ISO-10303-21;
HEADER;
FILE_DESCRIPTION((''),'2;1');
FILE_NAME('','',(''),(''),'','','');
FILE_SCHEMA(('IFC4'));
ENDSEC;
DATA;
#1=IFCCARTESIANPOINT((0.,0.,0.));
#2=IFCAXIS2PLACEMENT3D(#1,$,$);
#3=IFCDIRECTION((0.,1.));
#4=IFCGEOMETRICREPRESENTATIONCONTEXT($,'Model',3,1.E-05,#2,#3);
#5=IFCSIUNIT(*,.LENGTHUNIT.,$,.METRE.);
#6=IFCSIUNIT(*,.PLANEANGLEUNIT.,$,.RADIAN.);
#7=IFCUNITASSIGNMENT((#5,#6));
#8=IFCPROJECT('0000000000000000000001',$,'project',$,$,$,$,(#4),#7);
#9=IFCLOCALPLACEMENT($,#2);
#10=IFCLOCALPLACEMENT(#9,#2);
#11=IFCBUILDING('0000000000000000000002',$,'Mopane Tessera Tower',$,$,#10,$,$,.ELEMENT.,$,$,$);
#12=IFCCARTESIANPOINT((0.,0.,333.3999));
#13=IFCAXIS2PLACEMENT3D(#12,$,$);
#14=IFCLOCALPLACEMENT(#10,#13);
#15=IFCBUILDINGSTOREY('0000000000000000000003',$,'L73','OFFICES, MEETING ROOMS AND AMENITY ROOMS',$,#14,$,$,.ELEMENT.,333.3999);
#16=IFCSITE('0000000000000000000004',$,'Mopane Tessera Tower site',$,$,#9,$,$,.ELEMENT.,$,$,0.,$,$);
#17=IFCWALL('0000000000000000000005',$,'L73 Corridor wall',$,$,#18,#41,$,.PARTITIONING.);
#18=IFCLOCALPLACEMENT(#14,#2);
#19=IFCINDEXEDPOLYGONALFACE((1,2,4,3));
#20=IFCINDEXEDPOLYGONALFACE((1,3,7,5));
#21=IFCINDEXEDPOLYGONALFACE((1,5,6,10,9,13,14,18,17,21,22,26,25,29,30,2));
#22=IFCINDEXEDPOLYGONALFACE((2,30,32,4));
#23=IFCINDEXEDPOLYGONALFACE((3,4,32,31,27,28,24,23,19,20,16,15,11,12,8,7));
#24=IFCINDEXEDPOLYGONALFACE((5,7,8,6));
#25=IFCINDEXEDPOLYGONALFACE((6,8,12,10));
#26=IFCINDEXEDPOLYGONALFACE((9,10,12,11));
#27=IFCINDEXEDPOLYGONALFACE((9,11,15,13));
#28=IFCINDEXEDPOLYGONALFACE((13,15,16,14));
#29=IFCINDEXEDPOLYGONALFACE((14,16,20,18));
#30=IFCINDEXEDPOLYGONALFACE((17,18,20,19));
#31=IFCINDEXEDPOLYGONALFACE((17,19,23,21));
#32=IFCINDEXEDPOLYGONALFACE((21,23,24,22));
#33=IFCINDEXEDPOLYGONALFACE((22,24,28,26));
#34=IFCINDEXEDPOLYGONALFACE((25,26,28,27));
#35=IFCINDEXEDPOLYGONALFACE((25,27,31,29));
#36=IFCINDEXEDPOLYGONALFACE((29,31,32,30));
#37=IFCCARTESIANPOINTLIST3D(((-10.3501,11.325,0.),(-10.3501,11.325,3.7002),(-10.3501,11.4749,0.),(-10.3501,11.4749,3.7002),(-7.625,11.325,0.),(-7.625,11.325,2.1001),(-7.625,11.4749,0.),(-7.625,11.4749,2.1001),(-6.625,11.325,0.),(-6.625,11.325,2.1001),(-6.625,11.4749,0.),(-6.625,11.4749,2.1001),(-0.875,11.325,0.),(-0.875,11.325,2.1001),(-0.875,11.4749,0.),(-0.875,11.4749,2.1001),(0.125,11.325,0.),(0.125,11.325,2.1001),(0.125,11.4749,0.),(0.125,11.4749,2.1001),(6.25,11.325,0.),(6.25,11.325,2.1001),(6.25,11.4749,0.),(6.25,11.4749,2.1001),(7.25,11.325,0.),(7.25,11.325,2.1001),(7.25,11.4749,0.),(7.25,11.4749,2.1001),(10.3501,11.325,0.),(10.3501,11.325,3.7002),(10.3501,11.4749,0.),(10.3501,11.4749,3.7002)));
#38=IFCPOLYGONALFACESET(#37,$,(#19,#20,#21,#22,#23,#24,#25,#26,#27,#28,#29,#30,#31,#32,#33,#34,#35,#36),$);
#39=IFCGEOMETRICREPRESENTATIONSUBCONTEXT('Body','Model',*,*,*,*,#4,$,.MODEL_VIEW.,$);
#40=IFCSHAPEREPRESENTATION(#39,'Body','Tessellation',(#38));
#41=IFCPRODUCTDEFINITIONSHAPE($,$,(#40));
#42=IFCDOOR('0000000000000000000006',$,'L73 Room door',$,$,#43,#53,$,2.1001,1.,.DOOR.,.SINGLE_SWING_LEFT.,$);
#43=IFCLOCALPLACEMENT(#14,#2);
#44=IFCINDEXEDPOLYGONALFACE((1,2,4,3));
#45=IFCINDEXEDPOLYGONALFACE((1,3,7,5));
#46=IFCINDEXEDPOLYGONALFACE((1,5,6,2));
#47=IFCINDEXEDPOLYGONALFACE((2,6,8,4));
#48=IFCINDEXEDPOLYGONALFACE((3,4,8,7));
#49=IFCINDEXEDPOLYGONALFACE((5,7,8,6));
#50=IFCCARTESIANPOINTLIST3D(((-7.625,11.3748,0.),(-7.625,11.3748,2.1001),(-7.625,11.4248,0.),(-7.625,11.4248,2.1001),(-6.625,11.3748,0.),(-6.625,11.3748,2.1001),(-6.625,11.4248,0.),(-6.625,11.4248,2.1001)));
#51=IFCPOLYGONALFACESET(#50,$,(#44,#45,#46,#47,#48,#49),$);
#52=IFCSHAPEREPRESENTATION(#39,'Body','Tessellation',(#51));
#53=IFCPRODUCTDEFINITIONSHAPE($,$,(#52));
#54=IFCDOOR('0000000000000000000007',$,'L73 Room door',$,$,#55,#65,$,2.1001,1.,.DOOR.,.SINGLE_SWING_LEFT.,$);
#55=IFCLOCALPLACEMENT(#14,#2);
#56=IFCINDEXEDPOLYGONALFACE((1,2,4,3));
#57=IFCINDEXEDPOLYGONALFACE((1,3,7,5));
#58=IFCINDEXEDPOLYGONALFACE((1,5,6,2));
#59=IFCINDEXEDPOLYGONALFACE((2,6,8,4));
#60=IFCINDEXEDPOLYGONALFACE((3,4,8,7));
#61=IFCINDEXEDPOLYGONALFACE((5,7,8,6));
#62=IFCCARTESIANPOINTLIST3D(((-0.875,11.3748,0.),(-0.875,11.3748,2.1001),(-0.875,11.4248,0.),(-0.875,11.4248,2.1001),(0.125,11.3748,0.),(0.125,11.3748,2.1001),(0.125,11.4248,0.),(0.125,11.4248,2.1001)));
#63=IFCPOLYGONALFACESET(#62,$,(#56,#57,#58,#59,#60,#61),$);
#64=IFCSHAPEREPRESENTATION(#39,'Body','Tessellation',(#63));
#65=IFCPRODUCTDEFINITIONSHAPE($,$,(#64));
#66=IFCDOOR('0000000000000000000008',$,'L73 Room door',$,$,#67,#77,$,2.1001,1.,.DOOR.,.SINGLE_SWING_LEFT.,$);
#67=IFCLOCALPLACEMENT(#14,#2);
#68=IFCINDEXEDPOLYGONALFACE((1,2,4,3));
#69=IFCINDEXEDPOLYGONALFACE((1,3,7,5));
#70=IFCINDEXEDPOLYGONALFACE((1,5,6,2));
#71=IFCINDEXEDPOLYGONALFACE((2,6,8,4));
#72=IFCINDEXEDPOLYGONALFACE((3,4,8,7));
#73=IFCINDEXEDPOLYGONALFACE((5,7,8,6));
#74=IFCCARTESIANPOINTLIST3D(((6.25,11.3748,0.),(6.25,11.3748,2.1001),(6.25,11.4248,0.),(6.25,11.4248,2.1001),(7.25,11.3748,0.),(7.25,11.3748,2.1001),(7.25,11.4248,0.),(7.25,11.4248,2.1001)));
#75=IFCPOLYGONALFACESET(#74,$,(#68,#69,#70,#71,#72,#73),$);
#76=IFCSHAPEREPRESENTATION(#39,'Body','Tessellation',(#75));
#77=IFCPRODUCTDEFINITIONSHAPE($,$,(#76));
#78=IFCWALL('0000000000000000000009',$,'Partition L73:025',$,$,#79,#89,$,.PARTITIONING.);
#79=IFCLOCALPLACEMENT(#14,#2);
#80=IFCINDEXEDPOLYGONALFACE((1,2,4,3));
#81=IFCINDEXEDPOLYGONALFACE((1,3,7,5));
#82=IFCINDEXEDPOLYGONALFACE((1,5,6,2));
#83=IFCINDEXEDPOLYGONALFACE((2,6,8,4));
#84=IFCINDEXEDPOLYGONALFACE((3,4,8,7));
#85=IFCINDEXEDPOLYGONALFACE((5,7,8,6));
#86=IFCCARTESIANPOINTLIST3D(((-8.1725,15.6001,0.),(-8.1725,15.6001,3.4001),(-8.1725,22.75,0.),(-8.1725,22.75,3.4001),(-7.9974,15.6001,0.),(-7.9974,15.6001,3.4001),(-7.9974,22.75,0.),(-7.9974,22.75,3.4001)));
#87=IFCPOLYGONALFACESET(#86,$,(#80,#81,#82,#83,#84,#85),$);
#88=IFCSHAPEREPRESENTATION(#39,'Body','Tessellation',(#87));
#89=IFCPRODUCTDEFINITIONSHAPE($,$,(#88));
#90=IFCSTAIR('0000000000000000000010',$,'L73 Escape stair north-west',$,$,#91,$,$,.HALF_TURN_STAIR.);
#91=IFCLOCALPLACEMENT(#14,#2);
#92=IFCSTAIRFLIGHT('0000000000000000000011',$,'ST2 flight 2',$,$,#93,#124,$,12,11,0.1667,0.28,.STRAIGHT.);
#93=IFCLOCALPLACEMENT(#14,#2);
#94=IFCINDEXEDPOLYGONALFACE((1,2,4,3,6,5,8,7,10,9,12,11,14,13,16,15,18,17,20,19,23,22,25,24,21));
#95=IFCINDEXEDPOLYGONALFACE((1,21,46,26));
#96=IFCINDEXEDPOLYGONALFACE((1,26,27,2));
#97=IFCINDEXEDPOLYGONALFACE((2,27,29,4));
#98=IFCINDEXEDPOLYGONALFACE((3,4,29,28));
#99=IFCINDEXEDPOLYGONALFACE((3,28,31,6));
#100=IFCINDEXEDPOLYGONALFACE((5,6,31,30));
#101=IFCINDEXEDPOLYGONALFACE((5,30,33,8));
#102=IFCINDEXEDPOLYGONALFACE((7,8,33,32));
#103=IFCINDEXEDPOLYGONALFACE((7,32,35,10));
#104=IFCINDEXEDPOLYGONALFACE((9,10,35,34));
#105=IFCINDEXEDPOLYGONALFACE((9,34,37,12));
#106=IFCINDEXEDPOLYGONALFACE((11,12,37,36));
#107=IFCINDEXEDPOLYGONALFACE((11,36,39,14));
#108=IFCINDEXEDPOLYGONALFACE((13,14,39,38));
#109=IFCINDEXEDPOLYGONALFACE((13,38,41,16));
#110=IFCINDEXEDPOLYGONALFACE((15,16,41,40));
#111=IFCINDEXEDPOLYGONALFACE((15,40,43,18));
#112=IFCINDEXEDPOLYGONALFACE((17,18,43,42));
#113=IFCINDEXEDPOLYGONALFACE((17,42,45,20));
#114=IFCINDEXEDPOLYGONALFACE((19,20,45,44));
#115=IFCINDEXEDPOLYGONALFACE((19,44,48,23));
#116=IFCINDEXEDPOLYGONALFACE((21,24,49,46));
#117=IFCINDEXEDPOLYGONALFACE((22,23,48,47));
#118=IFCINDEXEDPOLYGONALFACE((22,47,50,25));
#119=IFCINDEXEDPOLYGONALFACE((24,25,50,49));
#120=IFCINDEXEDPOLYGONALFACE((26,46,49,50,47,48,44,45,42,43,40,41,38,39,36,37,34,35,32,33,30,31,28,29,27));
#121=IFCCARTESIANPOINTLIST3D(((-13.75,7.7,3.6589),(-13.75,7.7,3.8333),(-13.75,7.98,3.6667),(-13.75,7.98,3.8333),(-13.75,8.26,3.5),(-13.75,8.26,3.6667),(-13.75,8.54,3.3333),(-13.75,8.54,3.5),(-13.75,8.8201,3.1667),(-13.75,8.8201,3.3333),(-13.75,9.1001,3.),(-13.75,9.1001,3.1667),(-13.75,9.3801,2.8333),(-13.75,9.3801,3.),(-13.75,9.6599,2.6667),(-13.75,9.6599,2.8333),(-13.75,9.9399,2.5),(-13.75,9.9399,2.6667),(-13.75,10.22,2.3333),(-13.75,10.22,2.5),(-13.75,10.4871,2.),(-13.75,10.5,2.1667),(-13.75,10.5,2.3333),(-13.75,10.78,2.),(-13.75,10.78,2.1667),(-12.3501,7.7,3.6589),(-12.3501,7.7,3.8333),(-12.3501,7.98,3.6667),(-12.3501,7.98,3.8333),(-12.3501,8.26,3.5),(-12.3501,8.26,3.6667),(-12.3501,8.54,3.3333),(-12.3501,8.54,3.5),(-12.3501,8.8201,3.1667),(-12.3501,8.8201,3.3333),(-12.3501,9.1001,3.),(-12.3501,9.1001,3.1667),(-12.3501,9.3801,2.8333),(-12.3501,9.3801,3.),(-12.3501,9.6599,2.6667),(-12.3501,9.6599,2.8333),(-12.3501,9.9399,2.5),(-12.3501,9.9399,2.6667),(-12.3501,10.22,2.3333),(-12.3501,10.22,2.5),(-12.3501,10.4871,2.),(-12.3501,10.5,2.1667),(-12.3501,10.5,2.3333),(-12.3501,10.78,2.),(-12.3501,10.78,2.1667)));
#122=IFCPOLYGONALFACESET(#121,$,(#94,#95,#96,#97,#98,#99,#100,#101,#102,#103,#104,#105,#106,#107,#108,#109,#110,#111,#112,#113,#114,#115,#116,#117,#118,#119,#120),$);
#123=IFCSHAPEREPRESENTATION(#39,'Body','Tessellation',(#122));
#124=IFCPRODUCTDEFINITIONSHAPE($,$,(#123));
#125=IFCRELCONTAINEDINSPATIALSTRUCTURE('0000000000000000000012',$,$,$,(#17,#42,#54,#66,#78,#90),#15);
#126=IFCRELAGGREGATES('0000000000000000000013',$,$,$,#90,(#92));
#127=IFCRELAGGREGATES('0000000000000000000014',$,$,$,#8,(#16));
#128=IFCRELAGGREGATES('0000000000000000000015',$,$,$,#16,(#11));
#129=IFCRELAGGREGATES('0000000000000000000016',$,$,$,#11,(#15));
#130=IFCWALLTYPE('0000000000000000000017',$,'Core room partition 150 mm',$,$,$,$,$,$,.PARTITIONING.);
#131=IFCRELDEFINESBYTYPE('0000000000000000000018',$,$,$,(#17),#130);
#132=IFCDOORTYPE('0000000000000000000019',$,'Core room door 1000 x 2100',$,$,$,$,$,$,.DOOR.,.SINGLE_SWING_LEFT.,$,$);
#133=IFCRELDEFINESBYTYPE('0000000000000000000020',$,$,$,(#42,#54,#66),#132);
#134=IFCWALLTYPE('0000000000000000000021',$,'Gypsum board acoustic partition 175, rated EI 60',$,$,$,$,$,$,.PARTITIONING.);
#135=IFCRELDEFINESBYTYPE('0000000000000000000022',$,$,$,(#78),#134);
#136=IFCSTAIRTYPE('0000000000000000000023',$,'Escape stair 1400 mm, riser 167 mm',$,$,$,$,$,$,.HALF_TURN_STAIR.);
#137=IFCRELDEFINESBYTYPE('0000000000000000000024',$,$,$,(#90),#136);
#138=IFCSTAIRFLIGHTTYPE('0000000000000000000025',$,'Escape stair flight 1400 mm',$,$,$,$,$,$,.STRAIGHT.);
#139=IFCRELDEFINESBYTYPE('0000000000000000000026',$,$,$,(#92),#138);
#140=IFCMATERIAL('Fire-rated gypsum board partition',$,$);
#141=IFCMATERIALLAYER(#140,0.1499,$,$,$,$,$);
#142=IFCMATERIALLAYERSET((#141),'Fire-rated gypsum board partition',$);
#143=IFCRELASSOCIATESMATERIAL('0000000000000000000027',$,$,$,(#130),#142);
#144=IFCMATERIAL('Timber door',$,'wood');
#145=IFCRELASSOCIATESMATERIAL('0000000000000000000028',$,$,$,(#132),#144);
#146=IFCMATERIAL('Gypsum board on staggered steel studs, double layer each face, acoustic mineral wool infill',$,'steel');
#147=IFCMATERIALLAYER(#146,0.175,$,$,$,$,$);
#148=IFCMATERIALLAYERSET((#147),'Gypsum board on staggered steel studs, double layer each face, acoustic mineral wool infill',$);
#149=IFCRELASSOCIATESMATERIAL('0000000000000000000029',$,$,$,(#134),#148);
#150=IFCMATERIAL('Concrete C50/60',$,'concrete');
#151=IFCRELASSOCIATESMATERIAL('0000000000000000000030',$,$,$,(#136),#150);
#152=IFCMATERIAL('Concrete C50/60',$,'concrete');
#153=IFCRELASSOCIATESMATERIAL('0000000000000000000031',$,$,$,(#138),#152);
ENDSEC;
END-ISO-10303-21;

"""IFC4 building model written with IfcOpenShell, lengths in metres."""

from ifc_helpers import new_model, si_unit, direction, frame, frame_2d, origin, place, context, subcontext, project, spatial, polyline, rectangle, outline, extrude, material, layer, layer_set, type_object, element, fill, aggregate, save


model = new_model("IFC4")

# Units and contexts
model_context = context("Model", 3, precision=1e-05, world=origin(), true_north=direction((0.0, 1.0)))
body_context = subcontext(model_context, "Body", "Model", "MODEL_VIEW")
ifc_project = project(units=[si_unit("LENGTHUNIT", "METRE"), si_unit("PLANEANGLEUNIT", "RADIAN")], contexts=[model_context])

# Site, building, storey
site_placement = place(None, origin())
site = spatial("IfcSite", under=ifc_project, at=site_placement, Name="Mopane Tessera Tower site", CompositionType="ELEMENT", RefElevation=0.0)
building_placement = place(site_placement, origin())
building = spatial("IfcBuilding", under=site, at=building_placement, Name="Mopane Tessera Tower", CompositionType="ELEMENT")
storey_placement = place(building_placement, frame((0.0, 0.0, 333.3999)))
storey = spatial("IfcBuildingStorey", under=building, at=storey_placement, Name="L73", Description="OFFICES, MEETING ROOMS AND AMENITY ROOMS", CompositionType="ELEMENT", Elevation=333.3999)

# Wall, openings, doors
ifc_material_1 = material(Name="Fire-rated gypsum board partition")
ifc_layer_1 = layer(ifc_material_1, 0.1499)
ifc_layer_set_1 = layer_set([ifc_layer_1], Name="Fire-rated gypsum board partition")
wall_type_1 = type_object("IfcWallType", Name="Core room partition 150 mm", PredefinedType="PARTITIONING", material=ifc_layer_set_1)
wall_1_placement = place(storey_placement, frame((-10.3501, 11.3999, 0.0), z_axis=(0.0, 0.0, 1.0), x_axis=(1.0, 0.0, 0.0)))
wall_1 = element("IfcWall", 1, at=wall_1_placement, inside=storey, type_object=wall_type_1, Name="L73 Corridor wall", PredefinedType="PARTITIONING", context=body_context, shape_type="SweptSolid", body=[
    extrude(rectangle(XDim=20.7002, YDim=0.1499, at=frame_2d((10.3501, 0.0))), origin(), (0.0, 0.0, 1.0), 3.7002),
])
opening_1_placement = place(wall_1_placement, frame((2.7251, 0.0, 0.0)))
opening_1 = element("IfcOpeningElement", 2, at=opening_1_placement, cuts=wall_1, PredefinedType="OPENING", context=body_context, shape_type="SweptSolid", body=[
    extrude(rectangle(XDim=1.0, YDim=2.1001, at=frame_2d((0.5, 1.05))), frame((0.0, 0.0869, 0.0), z_axis=(0.0, -1.0, 0.0), x_axis=(1.0, 0.0, 0.0)), (0.0, 0.0, 1.0), 0.1738),
])
opening_2_placement = place(wall_1_placement, frame((9.4751, 0.0, 0.0)))
opening_2 = element("IfcOpeningElement", 3, at=opening_2_placement, cuts=wall_1, PredefinedType="OPENING", context=body_context, shape_type="SweptSolid", body=[
    extrude(rectangle(XDim=1.0, YDim=2.1001, at=frame_2d((0.5, 1.05))), frame((0.0, 0.0869, 0.0), z_axis=(0.0, -1.0, 0.0), x_axis=(1.0, 0.0, 0.0)), (0.0, 0.0, 1.0), 0.1738),
])
opening_3_placement = place(wall_1_placement, frame((16.6001, 0.0, 0.0)))
opening_3 = element("IfcOpeningElement", 4, at=opening_3_placement, cuts=wall_1, PredefinedType="OPENING", context=body_context, shape_type="SweptSolid", body=[
    extrude(rectangle(XDim=1.0, YDim=2.1001, at=frame_2d((0.5, 1.05))), frame((0.0, 0.0869, 0.0), z_axis=(0.0, -1.0, 0.0), x_axis=(1.0, 0.0, 0.0)), (0.0, 0.0, 1.0), 0.1738),
])
ifc_material_2 = material(Name="Timber door", Category="wood")
door_type = type_object("IfcDoorType", Name="Core room door 1000 x 2100", OperationType="SINGLE_SWING_LEFT", PredefinedType="DOOR", material=ifc_material_2)
door_1_placement = place(opening_1_placement, origin())
door_1 = element("IfcDoor", 5, at=door_1_placement, inside=storey, type_object=door_type, Name="L73 Room door", OperationType="SINGLE_SWING_LEFT", OverallHeight=2.1001, OverallWidth=1.0, PredefinedType="DOOR", context=body_context, shape_type="SweptSolid", body=[
    extrude(rectangle(XDim=1.0, YDim=2.1001, at=frame_2d((0.5, 1.05))), frame((0.0, 0.0249, 0.0), z_axis=(0.0, -1.0, 0.0), x_axis=(1.0, 0.0, 0.0)), (0.0, 0.0, 1.0), 0.05),
])
fill(opening_1, door_1)
door_2_placement = place(opening_2_placement, origin())
door_2 = element("IfcDoor", 6, at=door_2_placement, inside=storey, type_object=door_type, Name="L73 Room door", OperationType="SINGLE_SWING_LEFT", OverallHeight=2.1001, OverallWidth=1.0, PredefinedType="DOOR", context=body_context, shape_type="SweptSolid", body=[
    extrude(rectangle(XDim=1.0, YDim=2.1001, at=frame_2d((0.5, 1.05))), frame((0.0, 0.0249, 0.0), z_axis=(0.0, -1.0, 0.0), x_axis=(1.0, 0.0, 0.0)), (0.0, 0.0, 1.0), 0.05),
])
fill(opening_2, door_2)
door_3_placement = place(opening_3_placement, origin())
door_3 = element("IfcDoor", 7, at=door_3_placement, inside=storey, type_object=door_type, Name="L73 Room door", OperationType="SINGLE_SWING_LEFT", OverallHeight=2.1001, OverallWidth=1.0, PredefinedType="DOOR", context=body_context, shape_type="SweptSolid", body=[
    extrude(rectangle(XDim=1.0, YDim=2.1001, at=frame_2d((0.5, 1.05))), frame((0.0, 0.0249, 0.0), z_axis=(0.0, -1.0, 0.0), x_axis=(1.0, 0.0, 0.0)), (0.0, 0.0, 1.0), 0.05),
])
fill(opening_3, door_3)

# Wall
ifc_material_3 = material(Name="Gypsum board on staggered steel studs, double layer each face, acoustic mineral wool infill", Category="steel")
ifc_layer_2 = layer(ifc_material_3, 0.175)
ifc_layer_set_2 = layer_set([ifc_layer_2], Name="Gypsum board on staggered steel studs, double layer each face, acoustic mineral wool infill")
wall_type_2 = type_object("IfcWallType", Name="Gypsum board acoustic partition 175, rated EI 60", PredefinedType="PARTITIONING", material=ifc_layer_set_2)
wall_2_placement = place(storey_placement, frame((-8.085, 15.6001, 0.0), z_axis=(0.0, 0.0, 1.0), x_axis=(0.0, 1.0, 0.0)))
element("IfcWall", 8, at=wall_2_placement, inside=storey, type_object=wall_type_2, Name="Partition L73:025", PredefinedType="PARTITIONING", context=body_context, shape_type="SweptSolid", body=[
    extrude(rectangle(XDim=7.1499, YDim=0.175, at=frame_2d((3.575, 0.0))), origin(), (0.0, 0.0, 1.0), 3.4001),
])

# Stair, stair flight
ifc_material_4 = material(Name="Concrete C50/60", Category="concrete")
stair_type = type_object("IfcStairType", Name="Escape stair 1400 mm, riser 167 mm", PredefinedType="HALF_TURN_STAIR", material=ifc_material_4)
stair_placement = place(storey_placement, origin())
stair = element("IfcStair", 9, at=stair_placement, inside=storey, type_object=stair_type, Name="L73 Escape stair north-west", PredefinedType="HALF_TURN_STAIR")
ifc_material_5 = material(Name="Concrete C50/60", Category="concrete")
stair_flight_type = type_object("IfcStairFlightType", Name="Escape stair flight 1400 mm", PredefinedType="STRAIGHT", material=ifc_material_5)
stair_flight_placement = place(storey_placement, frame((-13.05, 10.78, 2.0), z_axis=(0.0, 0.0, 1.0), x_axis=(0.0, -1.0, 0.0)))
stair_flight = element("IfcStairFlight", 10, at=stair_flight_placement, type_object=stair_flight_type, Name="ST2 flight 2", NumberOfRisers=12, NumberOfTreads=11, PredefinedType="STRAIGHT", RiserHeight=0.1667, TreadLength=0.28, context=body_context, shape_type="SweptSolid", body=[
    extrude(outline(polyline([(0.0, 0.0), (0.0, 0.1667), (0.28, 0.1667), (0.28, 0.3333), (0.5601, 0.3333), (0.5601, 0.5), (0.8401, 0.5), (0.8401, 0.6667), (1.1201, 0.6667), (1.1201, 0.8333), (1.3999, 0.8333), (1.3999, 1.0), (1.6799, 1.0), (1.6799, 1.1667), (1.96, 1.1667), (1.96, 1.3333), (2.24, 1.3333), (2.24, 1.5), (2.52, 1.5), (2.52, 1.6667), (2.8, 1.6667), (2.8, 1.8333), (3.0801, 1.8333), (3.0801, 2.0), (3.0801, 1.6589), (0.293, 0.0), (0.0, 0.0)])), frame((0.0, 0.7, 0.0), z_axis=(0.0, -1.0, 0.0), x_axis=(1.0, 0.0, 0.0)), (0.0, 0.0, 1.0), 1.3999),
])
aggregate(stair, [stair_flight])

save(model, "model.ifc")
